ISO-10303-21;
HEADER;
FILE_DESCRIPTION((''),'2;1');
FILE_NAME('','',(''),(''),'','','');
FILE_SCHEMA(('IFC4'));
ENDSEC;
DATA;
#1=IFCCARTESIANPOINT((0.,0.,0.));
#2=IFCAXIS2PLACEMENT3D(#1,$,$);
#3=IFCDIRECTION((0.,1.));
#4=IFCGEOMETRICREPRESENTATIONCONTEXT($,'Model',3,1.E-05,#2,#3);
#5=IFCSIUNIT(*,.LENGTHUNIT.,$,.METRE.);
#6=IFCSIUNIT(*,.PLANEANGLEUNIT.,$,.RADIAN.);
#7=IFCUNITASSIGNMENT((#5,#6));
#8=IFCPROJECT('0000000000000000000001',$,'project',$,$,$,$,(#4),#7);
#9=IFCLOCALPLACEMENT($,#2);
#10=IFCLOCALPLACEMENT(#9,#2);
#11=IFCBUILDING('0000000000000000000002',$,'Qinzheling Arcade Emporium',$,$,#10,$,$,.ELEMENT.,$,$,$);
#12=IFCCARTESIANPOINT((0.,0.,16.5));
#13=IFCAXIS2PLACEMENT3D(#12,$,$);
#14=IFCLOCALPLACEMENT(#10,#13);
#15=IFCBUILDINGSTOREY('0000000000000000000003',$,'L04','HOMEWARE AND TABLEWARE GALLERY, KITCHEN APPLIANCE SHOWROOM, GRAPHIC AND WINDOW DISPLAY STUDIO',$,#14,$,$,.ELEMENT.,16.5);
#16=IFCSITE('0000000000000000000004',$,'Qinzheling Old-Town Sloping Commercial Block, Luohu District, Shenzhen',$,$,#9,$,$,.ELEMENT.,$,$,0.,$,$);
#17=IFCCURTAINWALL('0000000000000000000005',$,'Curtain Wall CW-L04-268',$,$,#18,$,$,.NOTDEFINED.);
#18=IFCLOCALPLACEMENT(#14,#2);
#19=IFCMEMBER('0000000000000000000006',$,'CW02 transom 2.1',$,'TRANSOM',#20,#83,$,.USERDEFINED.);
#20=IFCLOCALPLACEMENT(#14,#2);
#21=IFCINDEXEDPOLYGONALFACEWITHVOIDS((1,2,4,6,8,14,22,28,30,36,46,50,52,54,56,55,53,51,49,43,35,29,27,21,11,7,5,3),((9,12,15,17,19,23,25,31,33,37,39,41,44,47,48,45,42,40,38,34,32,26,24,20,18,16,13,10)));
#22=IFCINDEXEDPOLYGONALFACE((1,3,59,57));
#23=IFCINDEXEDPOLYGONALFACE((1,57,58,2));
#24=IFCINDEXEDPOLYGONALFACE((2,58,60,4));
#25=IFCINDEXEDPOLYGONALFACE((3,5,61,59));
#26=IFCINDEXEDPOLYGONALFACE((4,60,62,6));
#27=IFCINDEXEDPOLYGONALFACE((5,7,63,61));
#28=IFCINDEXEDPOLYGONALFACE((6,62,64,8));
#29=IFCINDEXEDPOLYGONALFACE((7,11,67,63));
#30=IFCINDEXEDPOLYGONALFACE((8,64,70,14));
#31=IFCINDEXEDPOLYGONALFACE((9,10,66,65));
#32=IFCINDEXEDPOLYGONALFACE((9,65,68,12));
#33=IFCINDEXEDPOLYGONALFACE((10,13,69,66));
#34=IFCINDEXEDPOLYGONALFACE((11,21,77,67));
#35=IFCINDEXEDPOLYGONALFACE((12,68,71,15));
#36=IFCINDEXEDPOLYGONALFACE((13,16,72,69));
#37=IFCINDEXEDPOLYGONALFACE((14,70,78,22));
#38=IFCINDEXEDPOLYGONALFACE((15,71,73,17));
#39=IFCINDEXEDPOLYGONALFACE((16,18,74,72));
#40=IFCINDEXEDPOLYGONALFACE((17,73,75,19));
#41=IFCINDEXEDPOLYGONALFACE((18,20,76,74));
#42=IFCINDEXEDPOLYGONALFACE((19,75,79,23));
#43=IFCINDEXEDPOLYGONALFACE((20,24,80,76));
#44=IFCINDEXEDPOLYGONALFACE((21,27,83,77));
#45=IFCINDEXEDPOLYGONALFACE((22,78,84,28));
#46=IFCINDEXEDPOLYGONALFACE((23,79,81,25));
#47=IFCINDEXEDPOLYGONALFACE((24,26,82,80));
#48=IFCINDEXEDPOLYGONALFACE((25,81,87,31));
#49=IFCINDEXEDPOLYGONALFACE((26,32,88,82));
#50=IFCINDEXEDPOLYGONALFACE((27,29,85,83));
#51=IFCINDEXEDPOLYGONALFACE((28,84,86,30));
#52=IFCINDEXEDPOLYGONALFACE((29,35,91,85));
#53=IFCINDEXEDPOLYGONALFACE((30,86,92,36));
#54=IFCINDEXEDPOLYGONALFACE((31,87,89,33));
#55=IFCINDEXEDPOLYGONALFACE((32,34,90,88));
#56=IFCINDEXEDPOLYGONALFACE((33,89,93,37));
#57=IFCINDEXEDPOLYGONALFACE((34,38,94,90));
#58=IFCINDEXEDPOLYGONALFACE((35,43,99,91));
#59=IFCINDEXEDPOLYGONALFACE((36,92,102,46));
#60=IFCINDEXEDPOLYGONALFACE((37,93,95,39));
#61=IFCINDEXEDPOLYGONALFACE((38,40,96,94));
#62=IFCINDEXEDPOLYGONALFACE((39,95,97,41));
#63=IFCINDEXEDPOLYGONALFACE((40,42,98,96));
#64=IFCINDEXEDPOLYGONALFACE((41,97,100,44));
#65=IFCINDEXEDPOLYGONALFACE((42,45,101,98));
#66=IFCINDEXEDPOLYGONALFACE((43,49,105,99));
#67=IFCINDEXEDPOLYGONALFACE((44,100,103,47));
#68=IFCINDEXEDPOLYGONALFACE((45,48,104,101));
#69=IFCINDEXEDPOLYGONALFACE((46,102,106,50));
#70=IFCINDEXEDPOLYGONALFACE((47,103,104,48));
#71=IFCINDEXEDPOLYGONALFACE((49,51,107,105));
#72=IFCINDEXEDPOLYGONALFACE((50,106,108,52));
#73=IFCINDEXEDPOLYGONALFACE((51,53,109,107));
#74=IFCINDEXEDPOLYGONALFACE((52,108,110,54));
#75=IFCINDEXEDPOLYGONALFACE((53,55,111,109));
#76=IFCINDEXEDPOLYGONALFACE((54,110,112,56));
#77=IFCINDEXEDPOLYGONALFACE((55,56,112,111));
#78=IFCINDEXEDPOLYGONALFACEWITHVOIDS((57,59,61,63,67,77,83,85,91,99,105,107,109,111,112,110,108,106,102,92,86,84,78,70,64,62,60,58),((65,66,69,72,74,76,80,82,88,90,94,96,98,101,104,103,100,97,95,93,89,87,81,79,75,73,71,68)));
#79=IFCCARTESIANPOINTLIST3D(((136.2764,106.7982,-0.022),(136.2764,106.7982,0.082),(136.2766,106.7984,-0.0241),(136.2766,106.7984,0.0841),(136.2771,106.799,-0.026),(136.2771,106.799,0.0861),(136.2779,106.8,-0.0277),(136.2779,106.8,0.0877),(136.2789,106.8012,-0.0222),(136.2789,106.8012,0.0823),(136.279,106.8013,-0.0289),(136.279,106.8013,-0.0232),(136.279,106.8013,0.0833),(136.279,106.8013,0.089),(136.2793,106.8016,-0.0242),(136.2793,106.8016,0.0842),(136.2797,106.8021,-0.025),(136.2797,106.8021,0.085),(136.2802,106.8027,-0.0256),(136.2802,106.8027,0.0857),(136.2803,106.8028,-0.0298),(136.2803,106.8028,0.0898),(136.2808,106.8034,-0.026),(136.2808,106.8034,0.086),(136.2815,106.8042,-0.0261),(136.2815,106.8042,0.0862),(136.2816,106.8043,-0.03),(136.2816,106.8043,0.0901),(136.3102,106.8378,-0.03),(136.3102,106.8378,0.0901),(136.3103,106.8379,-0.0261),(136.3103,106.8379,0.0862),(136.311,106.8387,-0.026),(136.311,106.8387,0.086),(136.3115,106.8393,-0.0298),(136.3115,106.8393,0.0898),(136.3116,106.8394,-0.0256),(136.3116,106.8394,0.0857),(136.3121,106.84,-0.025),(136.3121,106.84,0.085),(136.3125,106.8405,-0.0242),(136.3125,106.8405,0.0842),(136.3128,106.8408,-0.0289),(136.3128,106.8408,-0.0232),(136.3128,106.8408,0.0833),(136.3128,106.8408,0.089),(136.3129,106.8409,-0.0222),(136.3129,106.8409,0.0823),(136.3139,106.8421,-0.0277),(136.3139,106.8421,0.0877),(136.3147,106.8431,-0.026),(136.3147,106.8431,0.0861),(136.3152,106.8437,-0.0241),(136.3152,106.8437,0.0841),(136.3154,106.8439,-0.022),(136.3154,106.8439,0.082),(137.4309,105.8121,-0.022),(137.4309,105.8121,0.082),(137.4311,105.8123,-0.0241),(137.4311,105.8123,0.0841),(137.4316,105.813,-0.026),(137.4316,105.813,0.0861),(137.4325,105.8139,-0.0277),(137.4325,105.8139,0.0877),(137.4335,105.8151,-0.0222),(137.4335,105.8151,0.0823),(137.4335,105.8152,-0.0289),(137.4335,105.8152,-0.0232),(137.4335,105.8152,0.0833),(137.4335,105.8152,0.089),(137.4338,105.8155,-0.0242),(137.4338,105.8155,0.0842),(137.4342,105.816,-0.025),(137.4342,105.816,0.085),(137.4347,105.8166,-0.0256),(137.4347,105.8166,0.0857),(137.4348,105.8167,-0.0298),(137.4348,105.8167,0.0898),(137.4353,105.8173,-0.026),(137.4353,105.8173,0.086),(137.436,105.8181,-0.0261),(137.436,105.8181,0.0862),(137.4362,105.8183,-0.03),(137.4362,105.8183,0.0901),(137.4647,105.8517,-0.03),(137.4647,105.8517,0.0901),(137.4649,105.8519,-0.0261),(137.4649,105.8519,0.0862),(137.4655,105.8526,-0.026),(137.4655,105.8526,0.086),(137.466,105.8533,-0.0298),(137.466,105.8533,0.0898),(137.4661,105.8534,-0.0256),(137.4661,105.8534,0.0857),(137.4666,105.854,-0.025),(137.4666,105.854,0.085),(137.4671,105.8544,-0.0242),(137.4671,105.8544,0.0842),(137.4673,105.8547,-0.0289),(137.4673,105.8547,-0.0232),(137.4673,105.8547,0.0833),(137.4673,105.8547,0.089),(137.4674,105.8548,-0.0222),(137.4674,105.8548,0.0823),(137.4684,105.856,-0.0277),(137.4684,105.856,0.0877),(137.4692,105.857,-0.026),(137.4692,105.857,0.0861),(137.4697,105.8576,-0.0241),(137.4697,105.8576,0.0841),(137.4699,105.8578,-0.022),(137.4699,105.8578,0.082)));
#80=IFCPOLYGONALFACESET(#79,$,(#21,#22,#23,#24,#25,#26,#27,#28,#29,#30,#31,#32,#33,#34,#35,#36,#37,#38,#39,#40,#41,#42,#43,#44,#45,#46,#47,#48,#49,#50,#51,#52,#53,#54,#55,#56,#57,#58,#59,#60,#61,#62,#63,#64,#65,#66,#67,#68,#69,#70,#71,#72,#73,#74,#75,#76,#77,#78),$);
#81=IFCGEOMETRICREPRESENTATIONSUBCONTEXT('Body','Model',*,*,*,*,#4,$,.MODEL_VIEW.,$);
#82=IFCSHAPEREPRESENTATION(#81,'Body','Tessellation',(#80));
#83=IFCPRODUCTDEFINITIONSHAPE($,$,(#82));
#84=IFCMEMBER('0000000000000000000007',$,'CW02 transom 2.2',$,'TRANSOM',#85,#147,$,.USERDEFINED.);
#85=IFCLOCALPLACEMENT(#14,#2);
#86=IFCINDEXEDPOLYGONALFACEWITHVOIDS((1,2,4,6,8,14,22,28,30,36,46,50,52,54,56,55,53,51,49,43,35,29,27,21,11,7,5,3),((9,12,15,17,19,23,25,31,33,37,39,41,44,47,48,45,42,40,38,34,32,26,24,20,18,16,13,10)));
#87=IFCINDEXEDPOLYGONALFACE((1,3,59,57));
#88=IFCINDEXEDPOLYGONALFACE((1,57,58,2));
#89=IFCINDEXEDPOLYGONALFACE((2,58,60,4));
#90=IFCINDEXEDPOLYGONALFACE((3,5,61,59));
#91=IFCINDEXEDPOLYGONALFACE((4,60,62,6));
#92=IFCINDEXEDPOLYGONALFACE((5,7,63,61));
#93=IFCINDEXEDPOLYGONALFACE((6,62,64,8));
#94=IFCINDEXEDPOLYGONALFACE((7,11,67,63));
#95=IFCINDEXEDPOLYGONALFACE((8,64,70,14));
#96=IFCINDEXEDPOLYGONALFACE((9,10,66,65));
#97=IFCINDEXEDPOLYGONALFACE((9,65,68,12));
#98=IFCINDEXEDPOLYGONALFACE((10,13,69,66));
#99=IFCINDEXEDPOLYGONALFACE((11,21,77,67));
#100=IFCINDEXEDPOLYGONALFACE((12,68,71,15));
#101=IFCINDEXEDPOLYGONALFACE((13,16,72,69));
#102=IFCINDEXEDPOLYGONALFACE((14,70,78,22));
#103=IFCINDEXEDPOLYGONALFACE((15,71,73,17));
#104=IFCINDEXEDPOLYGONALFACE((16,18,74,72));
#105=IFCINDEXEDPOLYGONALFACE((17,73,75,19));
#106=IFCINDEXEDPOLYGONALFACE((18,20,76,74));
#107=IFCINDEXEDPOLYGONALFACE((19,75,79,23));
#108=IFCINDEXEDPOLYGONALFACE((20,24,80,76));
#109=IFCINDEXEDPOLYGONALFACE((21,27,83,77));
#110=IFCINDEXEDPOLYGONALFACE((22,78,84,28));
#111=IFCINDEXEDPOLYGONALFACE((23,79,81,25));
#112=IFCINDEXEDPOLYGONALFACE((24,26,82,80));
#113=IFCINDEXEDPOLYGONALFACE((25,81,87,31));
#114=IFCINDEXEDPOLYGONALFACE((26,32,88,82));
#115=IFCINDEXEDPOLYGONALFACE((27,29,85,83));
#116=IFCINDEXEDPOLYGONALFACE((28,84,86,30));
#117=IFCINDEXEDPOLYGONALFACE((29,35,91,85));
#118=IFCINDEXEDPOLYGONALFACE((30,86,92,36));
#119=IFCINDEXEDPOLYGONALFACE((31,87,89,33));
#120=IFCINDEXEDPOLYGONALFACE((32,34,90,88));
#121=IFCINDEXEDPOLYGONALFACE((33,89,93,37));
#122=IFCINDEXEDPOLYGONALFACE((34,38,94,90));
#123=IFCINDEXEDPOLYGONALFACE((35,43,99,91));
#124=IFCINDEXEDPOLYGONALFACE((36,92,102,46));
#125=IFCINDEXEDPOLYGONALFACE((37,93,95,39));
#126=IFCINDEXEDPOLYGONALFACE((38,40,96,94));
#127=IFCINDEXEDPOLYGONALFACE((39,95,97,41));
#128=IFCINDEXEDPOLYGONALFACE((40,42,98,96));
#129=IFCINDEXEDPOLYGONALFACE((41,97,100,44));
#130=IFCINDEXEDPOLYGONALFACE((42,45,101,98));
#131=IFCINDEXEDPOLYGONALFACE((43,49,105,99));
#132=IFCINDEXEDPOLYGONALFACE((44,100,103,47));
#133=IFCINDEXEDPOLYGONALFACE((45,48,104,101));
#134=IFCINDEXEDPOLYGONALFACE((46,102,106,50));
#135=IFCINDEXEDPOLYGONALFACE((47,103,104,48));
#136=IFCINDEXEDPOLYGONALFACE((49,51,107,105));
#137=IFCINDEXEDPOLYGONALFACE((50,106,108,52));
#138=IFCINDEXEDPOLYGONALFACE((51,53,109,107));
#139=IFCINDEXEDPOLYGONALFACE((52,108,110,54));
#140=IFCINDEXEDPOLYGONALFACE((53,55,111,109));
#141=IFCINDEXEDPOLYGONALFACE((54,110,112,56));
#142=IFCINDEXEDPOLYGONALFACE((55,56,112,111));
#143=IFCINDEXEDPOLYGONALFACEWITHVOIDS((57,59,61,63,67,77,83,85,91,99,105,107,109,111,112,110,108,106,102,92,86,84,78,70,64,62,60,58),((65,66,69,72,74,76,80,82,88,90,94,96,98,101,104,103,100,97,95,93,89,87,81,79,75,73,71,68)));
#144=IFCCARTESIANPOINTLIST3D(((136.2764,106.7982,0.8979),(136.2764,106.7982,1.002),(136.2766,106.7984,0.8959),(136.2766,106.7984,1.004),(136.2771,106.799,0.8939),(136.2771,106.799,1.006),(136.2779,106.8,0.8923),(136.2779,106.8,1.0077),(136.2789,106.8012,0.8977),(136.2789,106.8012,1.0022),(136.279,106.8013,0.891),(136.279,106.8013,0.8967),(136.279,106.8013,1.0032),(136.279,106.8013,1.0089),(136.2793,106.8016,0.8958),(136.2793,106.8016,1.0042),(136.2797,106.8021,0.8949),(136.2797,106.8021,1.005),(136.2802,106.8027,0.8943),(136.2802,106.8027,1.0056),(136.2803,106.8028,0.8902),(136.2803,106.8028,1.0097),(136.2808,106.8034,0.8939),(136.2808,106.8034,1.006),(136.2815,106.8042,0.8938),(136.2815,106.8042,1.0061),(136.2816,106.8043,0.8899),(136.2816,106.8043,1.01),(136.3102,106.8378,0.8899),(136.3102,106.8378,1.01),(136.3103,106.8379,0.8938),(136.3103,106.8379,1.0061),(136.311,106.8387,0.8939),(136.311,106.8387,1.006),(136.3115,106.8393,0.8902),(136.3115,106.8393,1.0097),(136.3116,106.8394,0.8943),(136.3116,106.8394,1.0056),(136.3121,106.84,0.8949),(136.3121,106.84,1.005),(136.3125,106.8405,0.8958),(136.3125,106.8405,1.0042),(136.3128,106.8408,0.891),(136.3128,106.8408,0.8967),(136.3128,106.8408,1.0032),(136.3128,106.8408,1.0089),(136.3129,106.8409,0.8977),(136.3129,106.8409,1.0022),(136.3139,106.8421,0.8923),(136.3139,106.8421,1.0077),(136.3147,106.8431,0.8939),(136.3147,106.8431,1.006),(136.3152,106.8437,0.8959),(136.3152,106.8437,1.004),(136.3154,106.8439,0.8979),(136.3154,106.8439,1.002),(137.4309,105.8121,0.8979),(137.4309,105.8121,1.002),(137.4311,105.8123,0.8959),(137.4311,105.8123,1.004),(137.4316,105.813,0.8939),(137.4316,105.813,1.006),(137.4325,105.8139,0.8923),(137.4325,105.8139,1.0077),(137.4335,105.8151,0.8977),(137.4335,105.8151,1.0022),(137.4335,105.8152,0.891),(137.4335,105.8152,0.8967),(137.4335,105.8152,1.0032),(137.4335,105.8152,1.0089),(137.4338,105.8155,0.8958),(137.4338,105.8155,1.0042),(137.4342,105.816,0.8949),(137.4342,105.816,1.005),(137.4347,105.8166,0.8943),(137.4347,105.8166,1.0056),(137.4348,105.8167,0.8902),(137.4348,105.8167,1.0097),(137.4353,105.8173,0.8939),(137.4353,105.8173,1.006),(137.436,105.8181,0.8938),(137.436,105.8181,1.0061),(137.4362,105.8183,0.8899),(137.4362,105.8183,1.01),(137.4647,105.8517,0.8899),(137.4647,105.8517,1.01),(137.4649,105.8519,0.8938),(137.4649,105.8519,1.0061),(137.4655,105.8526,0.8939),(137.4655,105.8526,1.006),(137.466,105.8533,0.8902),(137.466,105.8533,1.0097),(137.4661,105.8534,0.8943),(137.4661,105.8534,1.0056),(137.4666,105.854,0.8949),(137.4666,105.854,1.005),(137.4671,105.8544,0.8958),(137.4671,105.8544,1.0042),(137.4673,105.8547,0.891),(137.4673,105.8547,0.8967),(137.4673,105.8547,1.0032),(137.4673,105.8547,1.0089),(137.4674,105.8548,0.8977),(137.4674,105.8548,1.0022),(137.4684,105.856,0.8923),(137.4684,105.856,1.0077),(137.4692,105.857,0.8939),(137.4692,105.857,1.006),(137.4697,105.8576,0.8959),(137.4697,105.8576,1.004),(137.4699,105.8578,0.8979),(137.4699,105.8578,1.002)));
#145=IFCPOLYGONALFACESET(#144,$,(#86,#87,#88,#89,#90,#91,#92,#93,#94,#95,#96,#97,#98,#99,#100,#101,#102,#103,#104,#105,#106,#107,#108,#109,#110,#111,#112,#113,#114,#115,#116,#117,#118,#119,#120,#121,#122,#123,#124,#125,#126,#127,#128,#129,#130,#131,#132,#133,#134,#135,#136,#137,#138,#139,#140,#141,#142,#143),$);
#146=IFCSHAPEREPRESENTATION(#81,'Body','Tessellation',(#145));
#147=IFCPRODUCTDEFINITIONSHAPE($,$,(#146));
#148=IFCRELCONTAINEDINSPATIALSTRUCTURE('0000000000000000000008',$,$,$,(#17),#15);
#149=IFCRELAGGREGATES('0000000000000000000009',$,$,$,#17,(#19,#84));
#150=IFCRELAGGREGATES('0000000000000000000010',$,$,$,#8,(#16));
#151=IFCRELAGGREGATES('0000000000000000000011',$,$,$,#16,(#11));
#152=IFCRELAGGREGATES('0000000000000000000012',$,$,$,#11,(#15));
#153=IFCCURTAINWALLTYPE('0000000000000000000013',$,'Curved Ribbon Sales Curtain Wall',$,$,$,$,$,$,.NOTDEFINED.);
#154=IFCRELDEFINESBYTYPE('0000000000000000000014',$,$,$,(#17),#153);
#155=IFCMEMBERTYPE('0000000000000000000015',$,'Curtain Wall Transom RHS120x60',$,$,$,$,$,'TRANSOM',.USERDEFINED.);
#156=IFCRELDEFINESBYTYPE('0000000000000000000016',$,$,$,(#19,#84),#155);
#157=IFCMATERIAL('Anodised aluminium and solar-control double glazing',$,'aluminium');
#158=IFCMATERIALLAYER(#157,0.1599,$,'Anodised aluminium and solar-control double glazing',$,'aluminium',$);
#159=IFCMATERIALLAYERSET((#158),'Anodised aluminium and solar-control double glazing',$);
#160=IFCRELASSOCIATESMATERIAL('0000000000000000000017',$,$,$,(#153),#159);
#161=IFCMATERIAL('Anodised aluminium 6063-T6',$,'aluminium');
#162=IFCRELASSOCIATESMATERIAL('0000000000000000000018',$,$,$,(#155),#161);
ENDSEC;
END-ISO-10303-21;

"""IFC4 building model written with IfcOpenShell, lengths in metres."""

from ifc_helpers import new_model, si_unit, direction, frame, origin, origin_2d, place, context, subcontext, project, spatial, hollow_rectangle, extrude, material, layer, layer_set, material_profile, profile_set, type_object, element, aggregate, save


model = new_model("IFC4")

# Units and contexts
model_context = context("Model", 3, precision=1e-05, world=origin(), true_north=direction((0.0, 1.0)))
body_context = subcontext(model_context, "Body", "Model", "MODEL_VIEW")
ifc_project = project(units=[si_unit("LENGTHUNIT", "METRE"), si_unit("PLANEANGLEUNIT", "RADIAN")], contexts=[model_context])

# Site, building, storey
site_placement = place(None, origin())
site = spatial("IfcSite", under=ifc_project, at=site_placement, Name="Qinzheling Old-Town Sloping Commercial Block, Luohu District, Shenzhen", CompositionType="ELEMENT", RefElevation=0.0)
building_placement = place(site_placement, origin())
building = spatial("IfcBuilding", under=site, at=building_placement, Name="Qinzheling Arcade Emporium", CompositionType="ELEMENT")
storey_placement = place(building_placement, frame((0.0, 0.0, 16.5)))
storey = spatial("IfcBuildingStorey", under=building, at=storey_placement, Name="L04", Description="HOMEWARE AND TABLEWARE GALLERY, KITCHEN APPLIANCE SHOWROOM, GRAPHIC AND WINDOW DISPLAY STUDIO", CompositionType="ELEMENT", Elevation=16.5)

# Curtain wall
ifc_material_1 = material(Name="Anodised aluminium and solar-control double glazing", Category="aluminium")
ifc_layer_1 = layer(ifc_material_1, 0.1599, Name="Anodised aluminium and solar-control double glazing", Category="aluminium")
ifc_layer_set_1 = layer_set([ifc_layer_1], Name="Anodised aluminium and solar-control double glazing")
curtain_wall_type = type_object("IfcCurtainWallType", Name="Curved Ribbon Sales Curtain Wall", PredefinedType="NOTDEFINED", material=ifc_layer_set_1)
curtain_wall_1_placement = place(storey_placement, origin())
curtain_wall_1 = element("IfcCurtainWall", 1, at=curtain_wall_1_placement, inside=storey, type_object=curtain_wall_type, Name="Curtain Wall CW-L04-268", PredefinedType="NOTDEFINED")
ifc_material_2 = material(Name="Anodised aluminium 6063-T6", Category="aluminium")

# Members
ifc_material_profile_1 = material_profile(ifc_material_2, hollow_rectangle(XDim=0.0601, YDim=0.1201, WallThickness=0.0039, InnerFilletRadius=0.0039, OuterFilletRadius=0.0081, at=origin_2d()), Name="RHS 120x60x4", Category="aluminium")
ifc_profile_set_1 = profile_set([ifc_material_profile_1], Name="Anodised aluminium 6063-T6")
member_type_1 = type_object("IfcMemberType", Name="Curtain Wall Transom RHS120x60", ElementType="TRANSOM", PredefinedType="USERDEFINED", material=ifc_profile_set_1)
member_1_placement = place(storey_placement, frame((136.2959, 106.821, 0.03), z_axis=(0.760402, -0.649453, 0.0), x_axis=(0.649453, 0.760402, 0.0)))
member_1 = element("IfcMember", 2, at=member_1_placement, type_object=member_type_1, Name="CW02 transom 2.1", ObjectType="TRANSOM", PredefinedType="USERDEFINED", context=body_context, shape_type="SweptSolid", body=[
    extrude(hollow_rectangle(XDim=0.0601, YDim=0.1201, WallThickness=0.0039, InnerFilletRadius=0.0039, OuterFilletRadius=0.0081, at=origin_2d()), origin(), (0.0, 0.0, 1.0), 1.5183),
])
member_2_placement = place(storey_placement, frame((136.2959, 106.821, 0.95), z_axis=(0.760402, -0.649453, 0.0), x_axis=(0.649453, 0.760402, 0.0)))
member_2 = element("IfcMember", 3, at=member_2_placement, type_object=member_type_1, Name="CW02 transom 2.2", ObjectType="TRANSOM", PredefinedType="USERDEFINED", context=body_context, shape_type="SweptSolid", body=[
    extrude(hollow_rectangle(XDim=0.0601, YDim=0.1201, WallThickness=0.0039, InnerFilletRadius=0.0039, OuterFilletRadius=0.0081, at=origin_2d()), origin(), (0.0, 0.0, 1.0), 1.5183),
])

aggregate(curtain_wall_1, [member_1, member_2])

save(model, "model.ifc")
